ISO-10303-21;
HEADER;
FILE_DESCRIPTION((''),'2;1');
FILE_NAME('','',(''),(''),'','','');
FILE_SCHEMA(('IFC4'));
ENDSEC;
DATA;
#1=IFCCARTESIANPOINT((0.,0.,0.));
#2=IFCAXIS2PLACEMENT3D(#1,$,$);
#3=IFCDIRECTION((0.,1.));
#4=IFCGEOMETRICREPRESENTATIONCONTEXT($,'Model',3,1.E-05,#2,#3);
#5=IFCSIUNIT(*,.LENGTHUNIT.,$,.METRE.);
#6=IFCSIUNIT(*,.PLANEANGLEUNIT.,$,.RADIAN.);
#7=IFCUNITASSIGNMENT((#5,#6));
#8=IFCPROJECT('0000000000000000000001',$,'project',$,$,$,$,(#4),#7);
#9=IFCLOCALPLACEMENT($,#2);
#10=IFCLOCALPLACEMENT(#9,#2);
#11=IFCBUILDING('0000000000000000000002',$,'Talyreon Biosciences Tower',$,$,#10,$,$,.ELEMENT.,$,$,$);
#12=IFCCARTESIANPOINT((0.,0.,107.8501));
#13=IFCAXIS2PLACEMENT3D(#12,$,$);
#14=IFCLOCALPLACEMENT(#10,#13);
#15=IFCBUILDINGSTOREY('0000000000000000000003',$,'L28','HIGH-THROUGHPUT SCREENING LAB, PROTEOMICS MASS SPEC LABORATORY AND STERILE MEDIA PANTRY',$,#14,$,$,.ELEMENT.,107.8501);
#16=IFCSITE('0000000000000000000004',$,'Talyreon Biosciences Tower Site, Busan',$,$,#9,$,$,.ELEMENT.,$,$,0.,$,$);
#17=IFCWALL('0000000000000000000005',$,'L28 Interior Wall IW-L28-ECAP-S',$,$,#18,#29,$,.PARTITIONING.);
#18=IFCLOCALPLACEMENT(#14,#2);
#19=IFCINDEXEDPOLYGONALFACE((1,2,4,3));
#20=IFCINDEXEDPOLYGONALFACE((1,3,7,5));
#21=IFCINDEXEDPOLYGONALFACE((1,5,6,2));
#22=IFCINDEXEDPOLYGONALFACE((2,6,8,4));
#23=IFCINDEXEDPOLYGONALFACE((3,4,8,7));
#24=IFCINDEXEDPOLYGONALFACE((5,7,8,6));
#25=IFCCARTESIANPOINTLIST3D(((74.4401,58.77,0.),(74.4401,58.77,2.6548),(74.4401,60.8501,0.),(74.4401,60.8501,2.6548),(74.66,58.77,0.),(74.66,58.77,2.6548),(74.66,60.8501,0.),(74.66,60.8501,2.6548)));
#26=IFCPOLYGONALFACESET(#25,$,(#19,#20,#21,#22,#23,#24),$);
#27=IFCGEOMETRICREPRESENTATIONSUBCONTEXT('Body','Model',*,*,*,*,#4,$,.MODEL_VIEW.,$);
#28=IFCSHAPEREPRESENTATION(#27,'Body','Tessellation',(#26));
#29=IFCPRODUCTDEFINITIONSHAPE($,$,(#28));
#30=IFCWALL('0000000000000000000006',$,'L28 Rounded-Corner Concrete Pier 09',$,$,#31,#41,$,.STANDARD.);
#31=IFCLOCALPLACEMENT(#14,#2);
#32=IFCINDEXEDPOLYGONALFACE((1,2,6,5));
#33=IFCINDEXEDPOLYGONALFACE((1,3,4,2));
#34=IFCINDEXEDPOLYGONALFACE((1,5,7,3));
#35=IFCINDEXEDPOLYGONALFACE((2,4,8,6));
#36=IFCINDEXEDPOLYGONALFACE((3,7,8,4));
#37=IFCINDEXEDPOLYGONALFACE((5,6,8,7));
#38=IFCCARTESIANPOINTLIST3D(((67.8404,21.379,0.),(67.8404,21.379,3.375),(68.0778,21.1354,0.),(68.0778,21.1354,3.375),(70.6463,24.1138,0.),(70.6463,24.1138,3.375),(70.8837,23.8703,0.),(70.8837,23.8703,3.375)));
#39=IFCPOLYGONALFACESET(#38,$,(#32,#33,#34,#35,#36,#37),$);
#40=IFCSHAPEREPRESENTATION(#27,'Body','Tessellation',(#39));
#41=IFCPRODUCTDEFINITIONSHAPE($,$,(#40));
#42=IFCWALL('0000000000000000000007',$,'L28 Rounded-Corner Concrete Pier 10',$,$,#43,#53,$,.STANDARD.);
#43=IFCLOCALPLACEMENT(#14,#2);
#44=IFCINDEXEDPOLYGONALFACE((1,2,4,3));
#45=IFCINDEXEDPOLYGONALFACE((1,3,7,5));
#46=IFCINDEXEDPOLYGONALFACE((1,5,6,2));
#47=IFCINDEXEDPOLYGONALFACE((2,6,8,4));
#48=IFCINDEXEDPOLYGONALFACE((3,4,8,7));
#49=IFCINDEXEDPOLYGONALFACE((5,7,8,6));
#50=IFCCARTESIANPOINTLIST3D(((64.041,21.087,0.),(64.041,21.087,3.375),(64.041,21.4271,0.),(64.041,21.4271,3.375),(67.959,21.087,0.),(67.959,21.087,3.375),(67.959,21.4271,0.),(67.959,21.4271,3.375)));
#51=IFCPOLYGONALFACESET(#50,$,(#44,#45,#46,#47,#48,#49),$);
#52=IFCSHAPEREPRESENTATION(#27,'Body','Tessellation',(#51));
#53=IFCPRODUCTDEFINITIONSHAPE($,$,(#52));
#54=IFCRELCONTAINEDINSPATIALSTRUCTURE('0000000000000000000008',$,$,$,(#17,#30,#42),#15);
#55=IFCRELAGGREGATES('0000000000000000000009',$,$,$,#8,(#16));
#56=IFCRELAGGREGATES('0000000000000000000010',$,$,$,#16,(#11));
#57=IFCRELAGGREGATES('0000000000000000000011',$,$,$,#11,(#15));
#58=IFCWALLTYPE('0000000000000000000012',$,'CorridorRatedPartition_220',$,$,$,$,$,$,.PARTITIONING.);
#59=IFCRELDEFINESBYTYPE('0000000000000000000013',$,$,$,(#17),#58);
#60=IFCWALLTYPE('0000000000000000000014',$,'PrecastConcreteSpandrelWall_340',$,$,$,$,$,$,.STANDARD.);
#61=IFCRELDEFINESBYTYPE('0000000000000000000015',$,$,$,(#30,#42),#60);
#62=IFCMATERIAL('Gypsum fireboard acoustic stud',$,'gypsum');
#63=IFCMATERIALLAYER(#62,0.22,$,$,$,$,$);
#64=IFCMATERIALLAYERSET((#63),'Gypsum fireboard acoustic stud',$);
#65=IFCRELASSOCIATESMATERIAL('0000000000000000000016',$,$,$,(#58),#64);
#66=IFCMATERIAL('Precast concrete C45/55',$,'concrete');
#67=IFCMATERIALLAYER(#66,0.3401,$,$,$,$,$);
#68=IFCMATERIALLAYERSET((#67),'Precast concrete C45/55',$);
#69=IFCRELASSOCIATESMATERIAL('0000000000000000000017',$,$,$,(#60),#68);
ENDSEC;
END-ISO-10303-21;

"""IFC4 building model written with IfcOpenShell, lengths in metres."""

from ifc_helpers import new_model, si_unit, direction, frame, frame_2d, origin, place, context, subcontext, project, spatial, rectangle, extrude, material, layer, layer_set, type_object, element, save


model = new_model("IFC4")

# Units and contexts
model_context = context("Model", 3, precision=1e-05, world=origin(), true_north=direction((0.0, 1.0)))
body_context = subcontext(model_context, "Body", "Model", "MODEL_VIEW")
ifc_project = project(units=[si_unit("LENGTHUNIT", "METRE"), si_unit("PLANEANGLEUNIT", "RADIAN")], contexts=[model_context])

# Site, building, storey
site_placement = place(None, origin())
site = spatial("IfcSite", under=ifc_project, at=site_placement, Name="Talyreon Biosciences Tower Site, Busan", CompositionType="ELEMENT", RefElevation=0.0)
building_placement = place(site_placement, origin())
building = spatial("IfcBuilding", under=site, at=building_placement, Name="Talyreon Biosciences Tower", CompositionType="ELEMENT")
storey_placement = place(building_placement, frame((0.0, 0.0, 107.8501)))
storey = spatial("IfcBuildingStorey", under=building, at=storey_placement, Name="L28", Description="HIGH-THROUGHPUT SCREENING LAB, PROTEOMICS MASS SPEC LABORATORY AND STERILE MEDIA PANTRY", CompositionType="ELEMENT", Elevation=107.8501)

# Shared definitions
ifc_material_1 = material(Name="Precast concrete C45/55", Category="concrete")

# Walls
ifc_material_2 = material(Name="Gypsum fireboard acoustic stud", Category="gypsum")
ifc_layer_1 = layer(ifc_material_2, 0.22)
ifc_layer_set_1 = layer_set([ifc_layer_1], Name="Gypsum fireboard acoustic stud")
wall_type_1 = type_object("IfcWallType", Name="CorridorRatedPartition_220", PredefinedType="PARTITIONING", material=ifc_layer_set_1)
wall_1_placement = place(storey_placement, frame((74.55, 58.77, 0.0), z_axis=(0.0, 0.0, 1.0), x_axis=(0.0, 1.0, 0.0)))
element("IfcWall", 1, at=wall_1_placement, inside=storey, type_object=wall_type_1, Name="L28 Interior Wall IW-L28-ECAP-S", PredefinedType="PARTITIONING", context=body_context, shape_type="SweptSolid", body=[
    extrude(rectangle(XDim=2.0801, YDim=0.22, at=frame_2d((1.04, 0.0))), origin(), (0.0, 0.0, 1.0), 2.6548),
])
ifc_layer_2 = layer(ifc_material_1, 0.3401)
ifc_layer_set_2 = layer_set([ifc_layer_2], Name="Precast concrete C45/55")
wall_type_2 = type_object("IfcWallType", Name="PrecastConcreteSpandrelWall_340", PredefinedType="STANDARD", material=ifc_layer_set_2)
wall_2_placement = place(storey_placement, frame((70.7649, 23.9919, 0.0), z_axis=(0.0, 0.0, 1.0), x_axis=(-0.716115, -0.697983, 0.0)))
element("IfcWall", 2, at=wall_2_placement, inside=storey, type_object=wall_type_2, Name="L28 Rounded-Corner Concrete Pier 09", PredefinedType="STANDARD", context=body_context, shape_type="SweptSolid", body=[
    extrude(rectangle(XDim=3.9182, YDim=0.3401, at=frame_2d((1.959, 0.0))), origin(), (0.0, 0.0, 1.0), 3.375),
])
wall_3_placement = place(storey_placement, frame((67.959, 21.2571, 0.0), z_axis=(0.0, 0.0, 1.0), x_axis=(-1.0, 0.0, 0.0)))
element("IfcWall", 3, at=wall_3_placement, inside=storey, type_object=wall_type_2, Name="L28 Rounded-Corner Concrete Pier 10", PredefinedType="STANDARD", context=body_context, shape_type="SweptSolid", body=[
    extrude(rectangle(XDim=3.918, YDim=0.3401, at=frame_2d((1.959, 0.0))), origin(), (0.0, 0.0, 1.0), 3.375),
])

save(model, "model.ifc")
